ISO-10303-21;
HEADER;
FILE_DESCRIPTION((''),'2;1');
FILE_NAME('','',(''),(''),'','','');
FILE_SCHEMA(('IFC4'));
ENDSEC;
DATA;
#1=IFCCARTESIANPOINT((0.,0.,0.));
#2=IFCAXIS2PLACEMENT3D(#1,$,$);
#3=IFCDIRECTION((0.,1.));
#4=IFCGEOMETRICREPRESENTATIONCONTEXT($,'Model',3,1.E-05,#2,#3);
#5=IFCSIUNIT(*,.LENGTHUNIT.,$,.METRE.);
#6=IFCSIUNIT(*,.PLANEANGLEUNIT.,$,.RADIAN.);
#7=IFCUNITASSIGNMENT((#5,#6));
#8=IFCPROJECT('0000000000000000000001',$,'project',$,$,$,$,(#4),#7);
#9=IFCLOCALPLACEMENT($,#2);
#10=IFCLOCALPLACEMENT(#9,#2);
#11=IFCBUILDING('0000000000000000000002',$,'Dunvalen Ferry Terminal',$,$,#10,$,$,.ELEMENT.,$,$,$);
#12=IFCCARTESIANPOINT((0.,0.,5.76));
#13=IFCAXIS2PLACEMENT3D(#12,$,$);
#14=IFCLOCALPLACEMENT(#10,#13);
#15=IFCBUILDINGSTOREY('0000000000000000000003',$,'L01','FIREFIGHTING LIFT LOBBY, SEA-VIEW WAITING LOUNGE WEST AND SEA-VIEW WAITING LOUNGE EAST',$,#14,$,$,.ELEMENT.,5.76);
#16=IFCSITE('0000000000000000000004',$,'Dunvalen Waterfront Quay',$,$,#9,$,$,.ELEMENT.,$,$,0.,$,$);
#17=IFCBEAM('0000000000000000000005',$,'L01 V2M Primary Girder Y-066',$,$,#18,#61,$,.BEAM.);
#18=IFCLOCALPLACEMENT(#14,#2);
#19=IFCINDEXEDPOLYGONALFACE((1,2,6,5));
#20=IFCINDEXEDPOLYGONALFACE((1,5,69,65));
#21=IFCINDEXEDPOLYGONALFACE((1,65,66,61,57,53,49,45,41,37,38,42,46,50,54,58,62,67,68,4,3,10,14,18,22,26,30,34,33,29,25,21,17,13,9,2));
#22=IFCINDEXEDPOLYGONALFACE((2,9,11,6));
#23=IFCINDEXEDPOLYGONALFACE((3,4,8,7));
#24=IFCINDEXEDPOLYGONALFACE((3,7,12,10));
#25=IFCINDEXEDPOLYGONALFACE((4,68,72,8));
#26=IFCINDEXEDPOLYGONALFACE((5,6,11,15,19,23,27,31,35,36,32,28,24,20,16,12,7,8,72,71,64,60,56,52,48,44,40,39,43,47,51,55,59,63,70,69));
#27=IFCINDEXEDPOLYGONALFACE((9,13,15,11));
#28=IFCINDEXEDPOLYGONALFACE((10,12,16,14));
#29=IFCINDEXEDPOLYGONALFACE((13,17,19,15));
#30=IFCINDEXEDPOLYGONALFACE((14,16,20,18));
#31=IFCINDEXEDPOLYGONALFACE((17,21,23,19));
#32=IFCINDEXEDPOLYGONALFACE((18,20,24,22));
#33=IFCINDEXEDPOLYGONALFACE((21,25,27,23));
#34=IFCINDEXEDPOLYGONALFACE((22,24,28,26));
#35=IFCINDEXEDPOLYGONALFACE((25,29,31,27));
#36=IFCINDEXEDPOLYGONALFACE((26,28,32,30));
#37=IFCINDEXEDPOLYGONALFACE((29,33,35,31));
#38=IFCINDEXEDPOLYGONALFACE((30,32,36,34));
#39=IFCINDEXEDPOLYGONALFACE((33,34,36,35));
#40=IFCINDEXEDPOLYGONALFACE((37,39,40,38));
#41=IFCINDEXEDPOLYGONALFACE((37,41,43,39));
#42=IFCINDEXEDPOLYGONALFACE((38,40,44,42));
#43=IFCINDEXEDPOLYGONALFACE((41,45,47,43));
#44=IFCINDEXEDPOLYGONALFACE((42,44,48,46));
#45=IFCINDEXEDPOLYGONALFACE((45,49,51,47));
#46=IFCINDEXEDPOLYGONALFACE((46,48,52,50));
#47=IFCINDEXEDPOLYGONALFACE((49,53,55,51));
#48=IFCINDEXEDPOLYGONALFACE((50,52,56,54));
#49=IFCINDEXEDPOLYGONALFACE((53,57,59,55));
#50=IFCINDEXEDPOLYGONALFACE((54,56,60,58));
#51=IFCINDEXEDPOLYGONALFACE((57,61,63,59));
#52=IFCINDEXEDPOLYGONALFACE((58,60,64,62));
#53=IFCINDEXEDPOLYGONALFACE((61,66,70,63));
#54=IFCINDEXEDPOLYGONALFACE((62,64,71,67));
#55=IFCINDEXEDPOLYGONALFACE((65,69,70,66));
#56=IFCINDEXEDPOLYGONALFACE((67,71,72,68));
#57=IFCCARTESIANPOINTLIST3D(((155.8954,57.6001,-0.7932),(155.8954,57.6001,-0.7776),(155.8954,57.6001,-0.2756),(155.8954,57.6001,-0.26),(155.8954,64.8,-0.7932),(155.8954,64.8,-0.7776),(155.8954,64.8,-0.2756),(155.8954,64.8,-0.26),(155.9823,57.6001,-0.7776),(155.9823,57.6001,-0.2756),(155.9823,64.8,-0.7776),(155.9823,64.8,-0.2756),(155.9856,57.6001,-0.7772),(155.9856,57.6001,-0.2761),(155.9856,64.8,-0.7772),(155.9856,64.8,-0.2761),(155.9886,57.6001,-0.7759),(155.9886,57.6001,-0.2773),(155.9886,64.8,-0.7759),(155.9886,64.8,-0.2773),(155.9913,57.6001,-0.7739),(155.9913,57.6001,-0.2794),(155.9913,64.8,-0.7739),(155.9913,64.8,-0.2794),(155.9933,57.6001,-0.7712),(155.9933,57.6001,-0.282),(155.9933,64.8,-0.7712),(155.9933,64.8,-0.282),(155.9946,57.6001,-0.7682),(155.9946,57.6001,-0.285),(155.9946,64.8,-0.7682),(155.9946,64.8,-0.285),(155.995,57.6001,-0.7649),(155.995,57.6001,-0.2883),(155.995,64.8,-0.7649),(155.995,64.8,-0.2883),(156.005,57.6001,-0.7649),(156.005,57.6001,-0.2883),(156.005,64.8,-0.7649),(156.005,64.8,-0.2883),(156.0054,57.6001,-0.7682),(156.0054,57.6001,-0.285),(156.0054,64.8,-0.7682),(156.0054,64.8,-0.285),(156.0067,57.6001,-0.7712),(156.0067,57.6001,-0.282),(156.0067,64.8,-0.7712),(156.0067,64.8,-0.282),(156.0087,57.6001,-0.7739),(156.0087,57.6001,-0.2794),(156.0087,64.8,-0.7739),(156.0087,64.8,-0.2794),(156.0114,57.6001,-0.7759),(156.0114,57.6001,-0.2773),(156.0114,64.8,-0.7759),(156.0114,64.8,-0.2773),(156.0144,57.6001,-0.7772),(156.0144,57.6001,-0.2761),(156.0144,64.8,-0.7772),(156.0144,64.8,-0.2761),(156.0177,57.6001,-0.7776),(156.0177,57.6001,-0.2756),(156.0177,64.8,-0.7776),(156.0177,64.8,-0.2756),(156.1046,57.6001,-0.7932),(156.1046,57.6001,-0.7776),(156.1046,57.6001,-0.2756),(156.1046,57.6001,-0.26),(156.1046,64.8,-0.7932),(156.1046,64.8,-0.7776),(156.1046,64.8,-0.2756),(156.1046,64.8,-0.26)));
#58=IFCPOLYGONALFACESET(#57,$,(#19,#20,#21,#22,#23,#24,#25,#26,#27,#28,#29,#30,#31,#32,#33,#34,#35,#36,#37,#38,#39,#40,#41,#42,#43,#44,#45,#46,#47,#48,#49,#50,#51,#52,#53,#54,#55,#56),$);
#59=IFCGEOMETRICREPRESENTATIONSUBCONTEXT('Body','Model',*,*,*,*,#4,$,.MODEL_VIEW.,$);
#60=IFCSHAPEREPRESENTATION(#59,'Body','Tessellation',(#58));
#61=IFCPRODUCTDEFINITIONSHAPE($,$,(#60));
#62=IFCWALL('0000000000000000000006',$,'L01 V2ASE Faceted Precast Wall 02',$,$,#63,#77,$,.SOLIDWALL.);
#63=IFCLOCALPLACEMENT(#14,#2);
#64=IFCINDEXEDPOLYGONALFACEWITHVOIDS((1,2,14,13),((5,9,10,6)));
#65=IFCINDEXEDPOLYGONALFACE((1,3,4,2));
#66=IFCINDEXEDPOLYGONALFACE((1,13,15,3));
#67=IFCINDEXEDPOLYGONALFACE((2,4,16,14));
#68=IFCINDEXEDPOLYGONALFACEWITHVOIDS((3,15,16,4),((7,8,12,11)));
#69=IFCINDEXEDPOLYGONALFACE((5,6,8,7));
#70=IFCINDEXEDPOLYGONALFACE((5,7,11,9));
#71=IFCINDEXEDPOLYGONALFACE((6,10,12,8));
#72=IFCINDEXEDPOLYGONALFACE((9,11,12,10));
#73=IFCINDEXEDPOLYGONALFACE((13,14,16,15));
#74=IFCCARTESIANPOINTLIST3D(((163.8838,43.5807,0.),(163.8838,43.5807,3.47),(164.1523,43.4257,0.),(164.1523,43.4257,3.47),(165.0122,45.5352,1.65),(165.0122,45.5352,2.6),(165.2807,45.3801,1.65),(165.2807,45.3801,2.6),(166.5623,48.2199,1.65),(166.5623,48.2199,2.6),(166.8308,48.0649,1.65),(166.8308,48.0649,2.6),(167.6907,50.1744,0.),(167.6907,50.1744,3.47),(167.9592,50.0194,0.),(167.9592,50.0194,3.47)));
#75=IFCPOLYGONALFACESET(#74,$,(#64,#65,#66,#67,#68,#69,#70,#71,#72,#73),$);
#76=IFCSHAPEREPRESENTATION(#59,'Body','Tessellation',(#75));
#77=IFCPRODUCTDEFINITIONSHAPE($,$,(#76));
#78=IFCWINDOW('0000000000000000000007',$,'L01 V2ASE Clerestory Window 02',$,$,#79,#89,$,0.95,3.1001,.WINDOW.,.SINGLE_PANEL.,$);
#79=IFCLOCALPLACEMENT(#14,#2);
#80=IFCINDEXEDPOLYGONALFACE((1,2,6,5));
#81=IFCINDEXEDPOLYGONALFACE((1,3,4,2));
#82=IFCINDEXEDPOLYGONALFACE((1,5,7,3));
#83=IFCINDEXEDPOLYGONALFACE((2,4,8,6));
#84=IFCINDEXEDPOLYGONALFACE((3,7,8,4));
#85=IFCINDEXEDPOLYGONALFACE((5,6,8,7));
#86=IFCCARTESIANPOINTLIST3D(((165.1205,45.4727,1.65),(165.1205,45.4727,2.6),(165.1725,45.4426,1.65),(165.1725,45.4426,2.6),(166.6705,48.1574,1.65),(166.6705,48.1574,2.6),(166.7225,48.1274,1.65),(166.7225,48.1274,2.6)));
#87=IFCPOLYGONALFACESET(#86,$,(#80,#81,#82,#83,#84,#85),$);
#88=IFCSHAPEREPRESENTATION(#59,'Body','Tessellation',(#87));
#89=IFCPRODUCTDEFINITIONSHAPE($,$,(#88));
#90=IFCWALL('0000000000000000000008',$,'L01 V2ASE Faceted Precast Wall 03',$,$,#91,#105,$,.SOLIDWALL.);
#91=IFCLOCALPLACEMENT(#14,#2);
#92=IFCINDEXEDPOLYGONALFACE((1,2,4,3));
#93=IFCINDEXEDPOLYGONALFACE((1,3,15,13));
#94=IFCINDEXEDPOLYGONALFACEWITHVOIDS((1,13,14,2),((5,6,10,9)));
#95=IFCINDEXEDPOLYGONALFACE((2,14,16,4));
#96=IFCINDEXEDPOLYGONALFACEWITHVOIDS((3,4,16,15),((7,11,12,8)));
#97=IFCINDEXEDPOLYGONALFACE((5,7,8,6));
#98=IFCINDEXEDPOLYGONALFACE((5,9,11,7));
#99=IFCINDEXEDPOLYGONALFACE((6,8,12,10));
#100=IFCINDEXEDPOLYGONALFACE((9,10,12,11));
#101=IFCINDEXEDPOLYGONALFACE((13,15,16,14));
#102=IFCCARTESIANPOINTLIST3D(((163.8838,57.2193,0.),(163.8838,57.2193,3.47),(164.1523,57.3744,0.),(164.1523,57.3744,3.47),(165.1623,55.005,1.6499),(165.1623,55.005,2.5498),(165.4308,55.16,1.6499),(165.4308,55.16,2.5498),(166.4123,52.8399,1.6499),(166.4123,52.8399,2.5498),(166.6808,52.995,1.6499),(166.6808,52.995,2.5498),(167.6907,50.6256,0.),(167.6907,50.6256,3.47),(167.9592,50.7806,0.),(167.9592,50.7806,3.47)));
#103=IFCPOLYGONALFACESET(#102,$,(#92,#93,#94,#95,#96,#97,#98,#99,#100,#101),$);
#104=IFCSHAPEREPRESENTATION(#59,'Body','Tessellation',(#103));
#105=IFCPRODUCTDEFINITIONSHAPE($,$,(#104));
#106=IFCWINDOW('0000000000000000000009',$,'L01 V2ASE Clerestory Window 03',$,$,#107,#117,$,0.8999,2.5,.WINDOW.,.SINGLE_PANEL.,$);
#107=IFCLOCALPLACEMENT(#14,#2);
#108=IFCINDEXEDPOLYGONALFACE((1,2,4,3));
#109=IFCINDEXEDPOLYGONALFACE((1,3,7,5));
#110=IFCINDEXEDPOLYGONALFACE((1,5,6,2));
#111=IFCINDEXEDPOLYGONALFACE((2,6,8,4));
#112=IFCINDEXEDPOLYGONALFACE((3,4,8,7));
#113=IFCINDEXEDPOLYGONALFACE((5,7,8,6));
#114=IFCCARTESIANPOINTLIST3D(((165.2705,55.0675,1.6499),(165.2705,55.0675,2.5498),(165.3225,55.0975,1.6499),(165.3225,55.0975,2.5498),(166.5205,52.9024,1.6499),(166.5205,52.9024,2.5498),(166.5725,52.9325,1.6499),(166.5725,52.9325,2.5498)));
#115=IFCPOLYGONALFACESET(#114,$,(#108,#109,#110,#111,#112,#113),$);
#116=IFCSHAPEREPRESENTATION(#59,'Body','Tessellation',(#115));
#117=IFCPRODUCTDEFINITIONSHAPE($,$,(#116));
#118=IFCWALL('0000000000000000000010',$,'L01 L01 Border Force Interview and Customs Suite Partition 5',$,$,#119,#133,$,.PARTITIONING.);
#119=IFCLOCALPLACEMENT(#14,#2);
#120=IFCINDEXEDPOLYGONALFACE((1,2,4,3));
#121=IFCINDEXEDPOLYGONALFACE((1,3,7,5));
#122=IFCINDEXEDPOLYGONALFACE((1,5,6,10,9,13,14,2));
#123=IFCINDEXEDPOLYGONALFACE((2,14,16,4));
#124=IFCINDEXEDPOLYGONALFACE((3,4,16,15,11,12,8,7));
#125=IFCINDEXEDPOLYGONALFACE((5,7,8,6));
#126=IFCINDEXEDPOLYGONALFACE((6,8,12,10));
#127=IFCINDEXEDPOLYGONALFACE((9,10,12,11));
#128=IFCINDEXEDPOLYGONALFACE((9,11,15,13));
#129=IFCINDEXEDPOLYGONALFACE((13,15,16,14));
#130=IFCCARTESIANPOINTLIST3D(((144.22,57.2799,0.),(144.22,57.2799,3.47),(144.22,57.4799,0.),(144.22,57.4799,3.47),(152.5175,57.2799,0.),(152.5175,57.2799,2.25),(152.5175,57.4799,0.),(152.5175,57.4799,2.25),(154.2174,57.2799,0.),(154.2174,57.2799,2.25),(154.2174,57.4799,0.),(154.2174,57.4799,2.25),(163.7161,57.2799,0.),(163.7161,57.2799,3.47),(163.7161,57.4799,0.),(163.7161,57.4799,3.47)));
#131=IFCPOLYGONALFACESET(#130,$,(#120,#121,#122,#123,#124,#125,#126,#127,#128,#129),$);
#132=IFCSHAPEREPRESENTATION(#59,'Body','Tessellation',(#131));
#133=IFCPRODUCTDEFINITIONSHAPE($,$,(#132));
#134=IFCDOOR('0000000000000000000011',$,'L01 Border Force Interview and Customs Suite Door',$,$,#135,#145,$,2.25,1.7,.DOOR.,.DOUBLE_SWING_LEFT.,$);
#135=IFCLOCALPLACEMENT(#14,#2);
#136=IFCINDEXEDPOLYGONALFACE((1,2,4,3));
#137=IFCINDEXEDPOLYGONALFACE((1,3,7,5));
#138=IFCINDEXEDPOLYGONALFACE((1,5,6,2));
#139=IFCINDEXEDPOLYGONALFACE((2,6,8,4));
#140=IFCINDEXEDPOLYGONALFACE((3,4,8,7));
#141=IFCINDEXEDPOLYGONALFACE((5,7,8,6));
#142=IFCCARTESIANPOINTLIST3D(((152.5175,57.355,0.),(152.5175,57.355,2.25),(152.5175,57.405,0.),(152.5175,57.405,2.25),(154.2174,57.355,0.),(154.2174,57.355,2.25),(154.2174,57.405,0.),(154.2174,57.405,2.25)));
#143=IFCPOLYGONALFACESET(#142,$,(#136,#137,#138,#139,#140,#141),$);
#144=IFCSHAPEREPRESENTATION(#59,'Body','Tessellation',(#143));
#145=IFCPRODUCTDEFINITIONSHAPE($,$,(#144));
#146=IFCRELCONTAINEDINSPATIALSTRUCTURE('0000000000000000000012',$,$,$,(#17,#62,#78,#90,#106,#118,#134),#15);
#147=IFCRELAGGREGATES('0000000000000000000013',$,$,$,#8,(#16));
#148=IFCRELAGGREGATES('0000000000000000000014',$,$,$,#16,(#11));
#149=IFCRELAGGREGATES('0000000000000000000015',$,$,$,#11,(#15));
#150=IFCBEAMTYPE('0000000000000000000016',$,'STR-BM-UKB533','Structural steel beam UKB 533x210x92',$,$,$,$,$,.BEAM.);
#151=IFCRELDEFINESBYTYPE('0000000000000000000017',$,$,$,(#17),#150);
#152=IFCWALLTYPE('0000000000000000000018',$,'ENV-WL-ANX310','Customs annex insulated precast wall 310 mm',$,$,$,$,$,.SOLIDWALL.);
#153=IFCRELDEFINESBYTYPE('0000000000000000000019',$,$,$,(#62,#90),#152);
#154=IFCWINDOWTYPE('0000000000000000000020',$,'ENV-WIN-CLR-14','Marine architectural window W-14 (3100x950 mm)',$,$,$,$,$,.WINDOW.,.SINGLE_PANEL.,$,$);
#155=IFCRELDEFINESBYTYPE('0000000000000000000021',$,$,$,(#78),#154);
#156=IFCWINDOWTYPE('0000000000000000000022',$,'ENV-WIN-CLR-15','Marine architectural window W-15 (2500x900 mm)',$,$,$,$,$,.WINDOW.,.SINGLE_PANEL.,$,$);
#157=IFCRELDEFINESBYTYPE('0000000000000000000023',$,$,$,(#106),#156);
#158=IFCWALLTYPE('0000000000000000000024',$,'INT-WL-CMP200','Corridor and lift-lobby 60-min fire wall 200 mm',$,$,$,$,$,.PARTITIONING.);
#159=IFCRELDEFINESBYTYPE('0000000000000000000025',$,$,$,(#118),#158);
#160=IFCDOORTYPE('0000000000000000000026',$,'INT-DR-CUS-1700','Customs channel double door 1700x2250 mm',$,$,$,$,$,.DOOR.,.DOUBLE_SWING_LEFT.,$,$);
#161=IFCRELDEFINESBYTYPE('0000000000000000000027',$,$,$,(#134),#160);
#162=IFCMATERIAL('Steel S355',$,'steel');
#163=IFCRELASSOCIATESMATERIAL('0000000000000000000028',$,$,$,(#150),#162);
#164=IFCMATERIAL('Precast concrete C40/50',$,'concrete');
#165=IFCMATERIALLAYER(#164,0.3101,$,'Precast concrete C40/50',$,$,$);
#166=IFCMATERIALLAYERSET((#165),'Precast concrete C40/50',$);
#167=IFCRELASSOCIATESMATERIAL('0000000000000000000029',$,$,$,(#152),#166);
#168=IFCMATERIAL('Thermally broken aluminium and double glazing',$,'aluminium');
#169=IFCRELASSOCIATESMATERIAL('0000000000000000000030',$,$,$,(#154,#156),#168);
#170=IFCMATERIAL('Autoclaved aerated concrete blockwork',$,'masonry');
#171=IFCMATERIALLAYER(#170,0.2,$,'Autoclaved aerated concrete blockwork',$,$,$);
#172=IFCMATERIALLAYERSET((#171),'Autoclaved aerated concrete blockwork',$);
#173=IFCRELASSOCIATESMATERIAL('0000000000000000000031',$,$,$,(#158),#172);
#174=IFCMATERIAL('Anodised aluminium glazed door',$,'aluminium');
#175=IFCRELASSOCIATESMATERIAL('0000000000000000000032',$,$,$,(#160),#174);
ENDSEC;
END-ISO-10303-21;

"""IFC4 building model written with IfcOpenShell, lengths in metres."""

from ifc_helpers import new_model, si_unit, direction, frame, frame_2d, origin, origin_2d, place, context, subcontext, project, spatial, rectangle, i_section, extrude, material, layer, layer_set, material_profile, profile_set, type_object, element, fill, save


model = new_model("IFC4")

# Units and contexts
model_context = context("Model", 3, precision=1e-05, world=origin(), true_north=direction((0.0, 1.0)))
body_context = subcontext(model_context, "Body", "Model", "MODEL_VIEW")
ifc_project = project(units=[si_unit("LENGTHUNIT", "METRE"), si_unit("PLANEANGLEUNIT", "RADIAN")], contexts=[model_context])

# Site, building, storey
site_placement = place(None, origin())
site = spatial("IfcSite", under=ifc_project, at=site_placement, Name="Dunvalen Waterfront Quay", CompositionType="ELEMENT", RefElevation=0.0)
building_placement = place(site_placement, origin())
building = spatial("IfcBuilding", under=site, at=building_placement, Name="Dunvalen Ferry Terminal", CompositionType="ELEMENT")
storey_placement = place(building_placement, frame((0.0, 0.0, 5.76)))
storey = spatial("IfcBuildingStorey", under=building, at=storey_placement, Name="L01", Description="FIREFIGHTING LIFT LOBBY, SEA-VIEW WAITING LOUNGE WEST AND SEA-VIEW WAITING LOUNGE EAST", CompositionType="ELEMENT", Elevation=5.76)

# Beam
ifc_material_1 = material(Name="Steel S355", Category="steel")
ifc_material_profile_1 = material_profile(ifc_material_1, i_section(OverallWidth=0.2092, OverallDepth=0.5332, WebThickness=0.01, FlangeThickness=0.0156, FilletRadius=0.0127, at=origin_2d()), Name="Steel S355")
ifc_profile_set_1 = profile_set([ifc_material_profile_1], Name="Steel S355")
beam_type_1 = type_object("IfcBeamType", Name="STR-BM-UKB533", Description="Structural steel beam UKB 533x210x92", PredefinedType="BEAM", material=ifc_profile_set_1)
beam_1_placement = place(storey_placement, frame((156.0, 57.6001, -0.5266), z_axis=(0.0, 1.0, 0.0), x_axis=(-1.0, 0.0, 0.0)))
element("IfcBeam", 1, at=beam_1_placement, inside=storey, type_object=beam_type_1, Name="L01 V2M Primary Girder Y-066", PredefinedType="BEAM", context=body_context, shape_type="SweptSolid", body=[
    extrude(i_section(OverallWidth=0.2092, OverallDepth=0.5332, WebThickness=0.01, FlangeThickness=0.0156, FilletRadius=0.0127, at=origin_2d()), origin(), (0.0, 0.0, 1.0), 7.2),
])

# Walls, openings, windows
ifc_material_2 = material(Name="Precast concrete C40/50", Category="concrete")
ifc_layer_1 = layer(ifc_material_2, 0.3101, Name="Precast concrete C40/50")
ifc_layer_set_1 = layer_set([ifc_layer_1], Name="Precast concrete C40/50")
wall_type_1 = type_object("IfcWallType", Name="ENV-WL-ANX310", Description="Customs annex insulated precast wall 310 mm", PredefinedType="SOLIDWALL", material=ifc_layer_set_1)
wall_1_placement = place(storey_placement, frame((164.0181, 43.5032, 0.0), z_axis=(0.0, 0.0, 1.0), x_axis=(0.499998, 0.866026, 0.0)))
wall_1 = element("IfcWall", 2, at=wall_1_placement, inside=storey, type_object=wall_type_1, Name="L01 V2ASE Faceted Precast Wall 02", PredefinedType="SOLIDWALL", context=body_context, shape_type="SweptSolid", body=[
    extrude(rectangle(XDim=7.6138, YDim=0.3101, at=frame_2d((3.8069, 0.0))), origin(), (0.0, 0.0, 1.0), 3.47),
])
opening_1_placement = place(wall_1_placement, frame((2.2568, 0.0, 1.6499)))
opening_1 = element("IfcOpeningElement", 3, at=opening_1_placement, cuts=wall_1, PredefinedType="OPENING", context=body_context, shape_type="SweptSolid", body=[
    extrude(rectangle(XDim=3.1001, YDim=0.95, at=frame_2d((1.55, 0.4751))), frame((0.0, 0.165, 0.0), z_axis=(0.0, -1.0, 0.0), x_axis=(1.0, 0.0, 0.0)), (0.0, 0.0, 1.0), 0.3301),
])
ifc_material_3 = material(Name="Thermally broken aluminium and double glazing", Category="aluminium")
window_type_1 = type_object("IfcWindowType", Name="ENV-WIN-CLR-14", Description="Marine architectural window W-14 (3100x950 mm)", PartitioningType="SINGLE_PANEL", PredefinedType="WINDOW", material=ifc_material_3)
window_1_placement = place(opening_1_placement, origin())
window_1 = element("IfcWindow", 4, at=window_1_placement, inside=storey, type_object=window_type_1, Name="L01 V2ASE Clerestory Window 02", OverallHeight=0.95, OverallWidth=3.1001, PartitioningType="SINGLE_PANEL", PredefinedType="WINDOW", context=body_context, shape_type="SweptSolid", body=[
    extrude(rectangle(XDim=3.1001, YDim=0.95, at=frame_2d((1.55, 0.4751))), frame((0.0, 0.03, 0.0), z_axis=(0.0, -1.0, 0.0), x_axis=(1.0, 0.0, 0.0)), (0.0, 0.0, 1.0), 0.0601),
])
fill(opening_1, window_1)
wall_2_placement = place(storey_placement, frame((167.825, 50.7031, 0.0), z_axis=(0.0, 0.0, 1.0), x_axis=(-0.499998, 0.866026, 0.0)))
wall_2 = element("IfcWall", 5, at=wall_2_placement, inside=storey, type_object=wall_type_1, Name="L01 V2ASE Faceted Precast Wall 03", PredefinedType="SOLIDWALL", context=body_context, shape_type="SweptSolid", body=[
    extrude(rectangle(XDim=7.6138, YDim=0.3101, at=frame_2d((3.8069, 0.0))), origin(), (0.0, 0.0, 1.0), 3.47),
])
opening_2_placement = place(wall_2_placement, frame((2.5569, 0.0, 1.6499)))
opening_2 = element("IfcOpeningElement", 6, at=opening_2_placement, cuts=wall_2, PredefinedType="OPENING", context=body_context, shape_type="SweptSolid", body=[
    extrude(rectangle(XDim=2.5, YDim=0.8999, at=frame_2d((1.25, 0.45))), frame((0.0, 0.165, 0.0), z_axis=(0.0, -1.0, 0.0), x_axis=(1.0, 0.0, 0.0)), (0.0, 0.0, 1.0), 0.3301),
])
window_type_2 = type_object("IfcWindowType", Name="ENV-WIN-CLR-15", Description="Marine architectural window W-15 (2500x900 mm)", PartitioningType="SINGLE_PANEL", PredefinedType="WINDOW", material=ifc_material_3)
window_2_placement = place(opening_2_placement, origin())
window_2 = element("IfcWindow", 7, at=window_2_placement, inside=storey, type_object=window_type_2, Name="L01 V2ASE Clerestory Window 03", OverallHeight=0.8999, OverallWidth=2.5, PartitioningType="SINGLE_PANEL", PredefinedType="WINDOW", context=body_context, shape_type="SweptSolid", body=[
    extrude(rectangle(XDim=2.5, YDim=0.8999, at=frame_2d((1.25, 0.45))), frame((0.0, 0.03, 0.0), z_axis=(0.0, -1.0, 0.0), x_axis=(1.0, 0.0, 0.0)), (0.0, 0.0, 1.0), 0.0601),
])
fill(opening_2, window_2)

# Wall, opening, door
ifc_material_4 = material(Name="Autoclaved aerated concrete blockwork", Category="masonry")
ifc_layer_2 = layer(ifc_material_4, 0.2, Name="Autoclaved aerated concrete blockwork")
ifc_layer_set_2 = layer_set([ifc_layer_2], Name="Autoclaved aerated concrete blockwork")
wall_type_2 = type_object("IfcWallType", Name="INT-WL-CMP200", Description="Corridor and lift-lobby 60-min fire wall 200 mm", PredefinedType="PARTITIONING", material=ifc_layer_set_2)
wall_3_placement = place(storey_placement, frame((163.7161, 57.3799, 0.0), z_axis=(0.0, 0.0, 1.0), x_axis=(-1.0, 0.0, 0.0)))
wall_3 = element("IfcWall", 8, at=wall_3_placement, inside=storey, type_object=wall_type_2, Name="L01 L01 Border Force Interview and Customs Suite Partition 5", PredefinedType="PARTITIONING", context=body_context, shape_type="SweptSolid", body=[
    extrude(rectangle(XDim=19.4961, YDim=0.2, at=frame_2d((9.748, 0.0))), origin(), (0.0, 0.0, 1.0), 3.47),
])
opening_3_placement = place(wall_3_placement, frame((9.4985, 0.0, 0.0)))
opening_3 = element("IfcOpeningElement", 9, at=opening_3_placement, cuts=wall_3, PredefinedType="OPENING", context=body_context, shape_type="SweptSolid", body=[
    extrude(rectangle(XDim=1.7, YDim=2.25, at=frame_2d((0.8501, 1.125))), frame((0.0, 0.1099, 0.0), z_axis=(0.0, -1.0, 0.0), x_axis=(1.0, 0.0, 0.0)), (0.0, 0.0, 1.0), 0.22),
])
ifc_material_5 = material(Name="Anodised aluminium glazed door", Category="aluminium")
door_type = type_object("IfcDoorType", Name="INT-DR-CUS-1700", Description="Customs channel double door 1700x2250 mm", OperationType="DOUBLE_SWING_LEFT", PredefinedType="DOOR", material=ifc_material_5)
door_placement = place(opening_3_placement, origin())
door = element("IfcDoor", 10, at=door_placement, inside=storey, type_object=door_type, Name="L01 Border Force Interview and Customs Suite Door", OperationType="DOUBLE_SWING_LEFT", OverallHeight=2.25, OverallWidth=1.7, PredefinedType="DOOR", context=body_context, shape_type="SweptSolid", body=[
    extrude(rectangle(XDim=1.7, YDim=2.25, at=frame_2d((0.8501, 1.125))), frame((0.0, 0.0249, 0.0), z_axis=(0.0, -1.0, 0.0), x_axis=(1.0, 0.0, 0.0)), (0.0, 0.0, 1.0), 0.05),
])
fill(opening_3, door)

save(model, "model.ifc")
